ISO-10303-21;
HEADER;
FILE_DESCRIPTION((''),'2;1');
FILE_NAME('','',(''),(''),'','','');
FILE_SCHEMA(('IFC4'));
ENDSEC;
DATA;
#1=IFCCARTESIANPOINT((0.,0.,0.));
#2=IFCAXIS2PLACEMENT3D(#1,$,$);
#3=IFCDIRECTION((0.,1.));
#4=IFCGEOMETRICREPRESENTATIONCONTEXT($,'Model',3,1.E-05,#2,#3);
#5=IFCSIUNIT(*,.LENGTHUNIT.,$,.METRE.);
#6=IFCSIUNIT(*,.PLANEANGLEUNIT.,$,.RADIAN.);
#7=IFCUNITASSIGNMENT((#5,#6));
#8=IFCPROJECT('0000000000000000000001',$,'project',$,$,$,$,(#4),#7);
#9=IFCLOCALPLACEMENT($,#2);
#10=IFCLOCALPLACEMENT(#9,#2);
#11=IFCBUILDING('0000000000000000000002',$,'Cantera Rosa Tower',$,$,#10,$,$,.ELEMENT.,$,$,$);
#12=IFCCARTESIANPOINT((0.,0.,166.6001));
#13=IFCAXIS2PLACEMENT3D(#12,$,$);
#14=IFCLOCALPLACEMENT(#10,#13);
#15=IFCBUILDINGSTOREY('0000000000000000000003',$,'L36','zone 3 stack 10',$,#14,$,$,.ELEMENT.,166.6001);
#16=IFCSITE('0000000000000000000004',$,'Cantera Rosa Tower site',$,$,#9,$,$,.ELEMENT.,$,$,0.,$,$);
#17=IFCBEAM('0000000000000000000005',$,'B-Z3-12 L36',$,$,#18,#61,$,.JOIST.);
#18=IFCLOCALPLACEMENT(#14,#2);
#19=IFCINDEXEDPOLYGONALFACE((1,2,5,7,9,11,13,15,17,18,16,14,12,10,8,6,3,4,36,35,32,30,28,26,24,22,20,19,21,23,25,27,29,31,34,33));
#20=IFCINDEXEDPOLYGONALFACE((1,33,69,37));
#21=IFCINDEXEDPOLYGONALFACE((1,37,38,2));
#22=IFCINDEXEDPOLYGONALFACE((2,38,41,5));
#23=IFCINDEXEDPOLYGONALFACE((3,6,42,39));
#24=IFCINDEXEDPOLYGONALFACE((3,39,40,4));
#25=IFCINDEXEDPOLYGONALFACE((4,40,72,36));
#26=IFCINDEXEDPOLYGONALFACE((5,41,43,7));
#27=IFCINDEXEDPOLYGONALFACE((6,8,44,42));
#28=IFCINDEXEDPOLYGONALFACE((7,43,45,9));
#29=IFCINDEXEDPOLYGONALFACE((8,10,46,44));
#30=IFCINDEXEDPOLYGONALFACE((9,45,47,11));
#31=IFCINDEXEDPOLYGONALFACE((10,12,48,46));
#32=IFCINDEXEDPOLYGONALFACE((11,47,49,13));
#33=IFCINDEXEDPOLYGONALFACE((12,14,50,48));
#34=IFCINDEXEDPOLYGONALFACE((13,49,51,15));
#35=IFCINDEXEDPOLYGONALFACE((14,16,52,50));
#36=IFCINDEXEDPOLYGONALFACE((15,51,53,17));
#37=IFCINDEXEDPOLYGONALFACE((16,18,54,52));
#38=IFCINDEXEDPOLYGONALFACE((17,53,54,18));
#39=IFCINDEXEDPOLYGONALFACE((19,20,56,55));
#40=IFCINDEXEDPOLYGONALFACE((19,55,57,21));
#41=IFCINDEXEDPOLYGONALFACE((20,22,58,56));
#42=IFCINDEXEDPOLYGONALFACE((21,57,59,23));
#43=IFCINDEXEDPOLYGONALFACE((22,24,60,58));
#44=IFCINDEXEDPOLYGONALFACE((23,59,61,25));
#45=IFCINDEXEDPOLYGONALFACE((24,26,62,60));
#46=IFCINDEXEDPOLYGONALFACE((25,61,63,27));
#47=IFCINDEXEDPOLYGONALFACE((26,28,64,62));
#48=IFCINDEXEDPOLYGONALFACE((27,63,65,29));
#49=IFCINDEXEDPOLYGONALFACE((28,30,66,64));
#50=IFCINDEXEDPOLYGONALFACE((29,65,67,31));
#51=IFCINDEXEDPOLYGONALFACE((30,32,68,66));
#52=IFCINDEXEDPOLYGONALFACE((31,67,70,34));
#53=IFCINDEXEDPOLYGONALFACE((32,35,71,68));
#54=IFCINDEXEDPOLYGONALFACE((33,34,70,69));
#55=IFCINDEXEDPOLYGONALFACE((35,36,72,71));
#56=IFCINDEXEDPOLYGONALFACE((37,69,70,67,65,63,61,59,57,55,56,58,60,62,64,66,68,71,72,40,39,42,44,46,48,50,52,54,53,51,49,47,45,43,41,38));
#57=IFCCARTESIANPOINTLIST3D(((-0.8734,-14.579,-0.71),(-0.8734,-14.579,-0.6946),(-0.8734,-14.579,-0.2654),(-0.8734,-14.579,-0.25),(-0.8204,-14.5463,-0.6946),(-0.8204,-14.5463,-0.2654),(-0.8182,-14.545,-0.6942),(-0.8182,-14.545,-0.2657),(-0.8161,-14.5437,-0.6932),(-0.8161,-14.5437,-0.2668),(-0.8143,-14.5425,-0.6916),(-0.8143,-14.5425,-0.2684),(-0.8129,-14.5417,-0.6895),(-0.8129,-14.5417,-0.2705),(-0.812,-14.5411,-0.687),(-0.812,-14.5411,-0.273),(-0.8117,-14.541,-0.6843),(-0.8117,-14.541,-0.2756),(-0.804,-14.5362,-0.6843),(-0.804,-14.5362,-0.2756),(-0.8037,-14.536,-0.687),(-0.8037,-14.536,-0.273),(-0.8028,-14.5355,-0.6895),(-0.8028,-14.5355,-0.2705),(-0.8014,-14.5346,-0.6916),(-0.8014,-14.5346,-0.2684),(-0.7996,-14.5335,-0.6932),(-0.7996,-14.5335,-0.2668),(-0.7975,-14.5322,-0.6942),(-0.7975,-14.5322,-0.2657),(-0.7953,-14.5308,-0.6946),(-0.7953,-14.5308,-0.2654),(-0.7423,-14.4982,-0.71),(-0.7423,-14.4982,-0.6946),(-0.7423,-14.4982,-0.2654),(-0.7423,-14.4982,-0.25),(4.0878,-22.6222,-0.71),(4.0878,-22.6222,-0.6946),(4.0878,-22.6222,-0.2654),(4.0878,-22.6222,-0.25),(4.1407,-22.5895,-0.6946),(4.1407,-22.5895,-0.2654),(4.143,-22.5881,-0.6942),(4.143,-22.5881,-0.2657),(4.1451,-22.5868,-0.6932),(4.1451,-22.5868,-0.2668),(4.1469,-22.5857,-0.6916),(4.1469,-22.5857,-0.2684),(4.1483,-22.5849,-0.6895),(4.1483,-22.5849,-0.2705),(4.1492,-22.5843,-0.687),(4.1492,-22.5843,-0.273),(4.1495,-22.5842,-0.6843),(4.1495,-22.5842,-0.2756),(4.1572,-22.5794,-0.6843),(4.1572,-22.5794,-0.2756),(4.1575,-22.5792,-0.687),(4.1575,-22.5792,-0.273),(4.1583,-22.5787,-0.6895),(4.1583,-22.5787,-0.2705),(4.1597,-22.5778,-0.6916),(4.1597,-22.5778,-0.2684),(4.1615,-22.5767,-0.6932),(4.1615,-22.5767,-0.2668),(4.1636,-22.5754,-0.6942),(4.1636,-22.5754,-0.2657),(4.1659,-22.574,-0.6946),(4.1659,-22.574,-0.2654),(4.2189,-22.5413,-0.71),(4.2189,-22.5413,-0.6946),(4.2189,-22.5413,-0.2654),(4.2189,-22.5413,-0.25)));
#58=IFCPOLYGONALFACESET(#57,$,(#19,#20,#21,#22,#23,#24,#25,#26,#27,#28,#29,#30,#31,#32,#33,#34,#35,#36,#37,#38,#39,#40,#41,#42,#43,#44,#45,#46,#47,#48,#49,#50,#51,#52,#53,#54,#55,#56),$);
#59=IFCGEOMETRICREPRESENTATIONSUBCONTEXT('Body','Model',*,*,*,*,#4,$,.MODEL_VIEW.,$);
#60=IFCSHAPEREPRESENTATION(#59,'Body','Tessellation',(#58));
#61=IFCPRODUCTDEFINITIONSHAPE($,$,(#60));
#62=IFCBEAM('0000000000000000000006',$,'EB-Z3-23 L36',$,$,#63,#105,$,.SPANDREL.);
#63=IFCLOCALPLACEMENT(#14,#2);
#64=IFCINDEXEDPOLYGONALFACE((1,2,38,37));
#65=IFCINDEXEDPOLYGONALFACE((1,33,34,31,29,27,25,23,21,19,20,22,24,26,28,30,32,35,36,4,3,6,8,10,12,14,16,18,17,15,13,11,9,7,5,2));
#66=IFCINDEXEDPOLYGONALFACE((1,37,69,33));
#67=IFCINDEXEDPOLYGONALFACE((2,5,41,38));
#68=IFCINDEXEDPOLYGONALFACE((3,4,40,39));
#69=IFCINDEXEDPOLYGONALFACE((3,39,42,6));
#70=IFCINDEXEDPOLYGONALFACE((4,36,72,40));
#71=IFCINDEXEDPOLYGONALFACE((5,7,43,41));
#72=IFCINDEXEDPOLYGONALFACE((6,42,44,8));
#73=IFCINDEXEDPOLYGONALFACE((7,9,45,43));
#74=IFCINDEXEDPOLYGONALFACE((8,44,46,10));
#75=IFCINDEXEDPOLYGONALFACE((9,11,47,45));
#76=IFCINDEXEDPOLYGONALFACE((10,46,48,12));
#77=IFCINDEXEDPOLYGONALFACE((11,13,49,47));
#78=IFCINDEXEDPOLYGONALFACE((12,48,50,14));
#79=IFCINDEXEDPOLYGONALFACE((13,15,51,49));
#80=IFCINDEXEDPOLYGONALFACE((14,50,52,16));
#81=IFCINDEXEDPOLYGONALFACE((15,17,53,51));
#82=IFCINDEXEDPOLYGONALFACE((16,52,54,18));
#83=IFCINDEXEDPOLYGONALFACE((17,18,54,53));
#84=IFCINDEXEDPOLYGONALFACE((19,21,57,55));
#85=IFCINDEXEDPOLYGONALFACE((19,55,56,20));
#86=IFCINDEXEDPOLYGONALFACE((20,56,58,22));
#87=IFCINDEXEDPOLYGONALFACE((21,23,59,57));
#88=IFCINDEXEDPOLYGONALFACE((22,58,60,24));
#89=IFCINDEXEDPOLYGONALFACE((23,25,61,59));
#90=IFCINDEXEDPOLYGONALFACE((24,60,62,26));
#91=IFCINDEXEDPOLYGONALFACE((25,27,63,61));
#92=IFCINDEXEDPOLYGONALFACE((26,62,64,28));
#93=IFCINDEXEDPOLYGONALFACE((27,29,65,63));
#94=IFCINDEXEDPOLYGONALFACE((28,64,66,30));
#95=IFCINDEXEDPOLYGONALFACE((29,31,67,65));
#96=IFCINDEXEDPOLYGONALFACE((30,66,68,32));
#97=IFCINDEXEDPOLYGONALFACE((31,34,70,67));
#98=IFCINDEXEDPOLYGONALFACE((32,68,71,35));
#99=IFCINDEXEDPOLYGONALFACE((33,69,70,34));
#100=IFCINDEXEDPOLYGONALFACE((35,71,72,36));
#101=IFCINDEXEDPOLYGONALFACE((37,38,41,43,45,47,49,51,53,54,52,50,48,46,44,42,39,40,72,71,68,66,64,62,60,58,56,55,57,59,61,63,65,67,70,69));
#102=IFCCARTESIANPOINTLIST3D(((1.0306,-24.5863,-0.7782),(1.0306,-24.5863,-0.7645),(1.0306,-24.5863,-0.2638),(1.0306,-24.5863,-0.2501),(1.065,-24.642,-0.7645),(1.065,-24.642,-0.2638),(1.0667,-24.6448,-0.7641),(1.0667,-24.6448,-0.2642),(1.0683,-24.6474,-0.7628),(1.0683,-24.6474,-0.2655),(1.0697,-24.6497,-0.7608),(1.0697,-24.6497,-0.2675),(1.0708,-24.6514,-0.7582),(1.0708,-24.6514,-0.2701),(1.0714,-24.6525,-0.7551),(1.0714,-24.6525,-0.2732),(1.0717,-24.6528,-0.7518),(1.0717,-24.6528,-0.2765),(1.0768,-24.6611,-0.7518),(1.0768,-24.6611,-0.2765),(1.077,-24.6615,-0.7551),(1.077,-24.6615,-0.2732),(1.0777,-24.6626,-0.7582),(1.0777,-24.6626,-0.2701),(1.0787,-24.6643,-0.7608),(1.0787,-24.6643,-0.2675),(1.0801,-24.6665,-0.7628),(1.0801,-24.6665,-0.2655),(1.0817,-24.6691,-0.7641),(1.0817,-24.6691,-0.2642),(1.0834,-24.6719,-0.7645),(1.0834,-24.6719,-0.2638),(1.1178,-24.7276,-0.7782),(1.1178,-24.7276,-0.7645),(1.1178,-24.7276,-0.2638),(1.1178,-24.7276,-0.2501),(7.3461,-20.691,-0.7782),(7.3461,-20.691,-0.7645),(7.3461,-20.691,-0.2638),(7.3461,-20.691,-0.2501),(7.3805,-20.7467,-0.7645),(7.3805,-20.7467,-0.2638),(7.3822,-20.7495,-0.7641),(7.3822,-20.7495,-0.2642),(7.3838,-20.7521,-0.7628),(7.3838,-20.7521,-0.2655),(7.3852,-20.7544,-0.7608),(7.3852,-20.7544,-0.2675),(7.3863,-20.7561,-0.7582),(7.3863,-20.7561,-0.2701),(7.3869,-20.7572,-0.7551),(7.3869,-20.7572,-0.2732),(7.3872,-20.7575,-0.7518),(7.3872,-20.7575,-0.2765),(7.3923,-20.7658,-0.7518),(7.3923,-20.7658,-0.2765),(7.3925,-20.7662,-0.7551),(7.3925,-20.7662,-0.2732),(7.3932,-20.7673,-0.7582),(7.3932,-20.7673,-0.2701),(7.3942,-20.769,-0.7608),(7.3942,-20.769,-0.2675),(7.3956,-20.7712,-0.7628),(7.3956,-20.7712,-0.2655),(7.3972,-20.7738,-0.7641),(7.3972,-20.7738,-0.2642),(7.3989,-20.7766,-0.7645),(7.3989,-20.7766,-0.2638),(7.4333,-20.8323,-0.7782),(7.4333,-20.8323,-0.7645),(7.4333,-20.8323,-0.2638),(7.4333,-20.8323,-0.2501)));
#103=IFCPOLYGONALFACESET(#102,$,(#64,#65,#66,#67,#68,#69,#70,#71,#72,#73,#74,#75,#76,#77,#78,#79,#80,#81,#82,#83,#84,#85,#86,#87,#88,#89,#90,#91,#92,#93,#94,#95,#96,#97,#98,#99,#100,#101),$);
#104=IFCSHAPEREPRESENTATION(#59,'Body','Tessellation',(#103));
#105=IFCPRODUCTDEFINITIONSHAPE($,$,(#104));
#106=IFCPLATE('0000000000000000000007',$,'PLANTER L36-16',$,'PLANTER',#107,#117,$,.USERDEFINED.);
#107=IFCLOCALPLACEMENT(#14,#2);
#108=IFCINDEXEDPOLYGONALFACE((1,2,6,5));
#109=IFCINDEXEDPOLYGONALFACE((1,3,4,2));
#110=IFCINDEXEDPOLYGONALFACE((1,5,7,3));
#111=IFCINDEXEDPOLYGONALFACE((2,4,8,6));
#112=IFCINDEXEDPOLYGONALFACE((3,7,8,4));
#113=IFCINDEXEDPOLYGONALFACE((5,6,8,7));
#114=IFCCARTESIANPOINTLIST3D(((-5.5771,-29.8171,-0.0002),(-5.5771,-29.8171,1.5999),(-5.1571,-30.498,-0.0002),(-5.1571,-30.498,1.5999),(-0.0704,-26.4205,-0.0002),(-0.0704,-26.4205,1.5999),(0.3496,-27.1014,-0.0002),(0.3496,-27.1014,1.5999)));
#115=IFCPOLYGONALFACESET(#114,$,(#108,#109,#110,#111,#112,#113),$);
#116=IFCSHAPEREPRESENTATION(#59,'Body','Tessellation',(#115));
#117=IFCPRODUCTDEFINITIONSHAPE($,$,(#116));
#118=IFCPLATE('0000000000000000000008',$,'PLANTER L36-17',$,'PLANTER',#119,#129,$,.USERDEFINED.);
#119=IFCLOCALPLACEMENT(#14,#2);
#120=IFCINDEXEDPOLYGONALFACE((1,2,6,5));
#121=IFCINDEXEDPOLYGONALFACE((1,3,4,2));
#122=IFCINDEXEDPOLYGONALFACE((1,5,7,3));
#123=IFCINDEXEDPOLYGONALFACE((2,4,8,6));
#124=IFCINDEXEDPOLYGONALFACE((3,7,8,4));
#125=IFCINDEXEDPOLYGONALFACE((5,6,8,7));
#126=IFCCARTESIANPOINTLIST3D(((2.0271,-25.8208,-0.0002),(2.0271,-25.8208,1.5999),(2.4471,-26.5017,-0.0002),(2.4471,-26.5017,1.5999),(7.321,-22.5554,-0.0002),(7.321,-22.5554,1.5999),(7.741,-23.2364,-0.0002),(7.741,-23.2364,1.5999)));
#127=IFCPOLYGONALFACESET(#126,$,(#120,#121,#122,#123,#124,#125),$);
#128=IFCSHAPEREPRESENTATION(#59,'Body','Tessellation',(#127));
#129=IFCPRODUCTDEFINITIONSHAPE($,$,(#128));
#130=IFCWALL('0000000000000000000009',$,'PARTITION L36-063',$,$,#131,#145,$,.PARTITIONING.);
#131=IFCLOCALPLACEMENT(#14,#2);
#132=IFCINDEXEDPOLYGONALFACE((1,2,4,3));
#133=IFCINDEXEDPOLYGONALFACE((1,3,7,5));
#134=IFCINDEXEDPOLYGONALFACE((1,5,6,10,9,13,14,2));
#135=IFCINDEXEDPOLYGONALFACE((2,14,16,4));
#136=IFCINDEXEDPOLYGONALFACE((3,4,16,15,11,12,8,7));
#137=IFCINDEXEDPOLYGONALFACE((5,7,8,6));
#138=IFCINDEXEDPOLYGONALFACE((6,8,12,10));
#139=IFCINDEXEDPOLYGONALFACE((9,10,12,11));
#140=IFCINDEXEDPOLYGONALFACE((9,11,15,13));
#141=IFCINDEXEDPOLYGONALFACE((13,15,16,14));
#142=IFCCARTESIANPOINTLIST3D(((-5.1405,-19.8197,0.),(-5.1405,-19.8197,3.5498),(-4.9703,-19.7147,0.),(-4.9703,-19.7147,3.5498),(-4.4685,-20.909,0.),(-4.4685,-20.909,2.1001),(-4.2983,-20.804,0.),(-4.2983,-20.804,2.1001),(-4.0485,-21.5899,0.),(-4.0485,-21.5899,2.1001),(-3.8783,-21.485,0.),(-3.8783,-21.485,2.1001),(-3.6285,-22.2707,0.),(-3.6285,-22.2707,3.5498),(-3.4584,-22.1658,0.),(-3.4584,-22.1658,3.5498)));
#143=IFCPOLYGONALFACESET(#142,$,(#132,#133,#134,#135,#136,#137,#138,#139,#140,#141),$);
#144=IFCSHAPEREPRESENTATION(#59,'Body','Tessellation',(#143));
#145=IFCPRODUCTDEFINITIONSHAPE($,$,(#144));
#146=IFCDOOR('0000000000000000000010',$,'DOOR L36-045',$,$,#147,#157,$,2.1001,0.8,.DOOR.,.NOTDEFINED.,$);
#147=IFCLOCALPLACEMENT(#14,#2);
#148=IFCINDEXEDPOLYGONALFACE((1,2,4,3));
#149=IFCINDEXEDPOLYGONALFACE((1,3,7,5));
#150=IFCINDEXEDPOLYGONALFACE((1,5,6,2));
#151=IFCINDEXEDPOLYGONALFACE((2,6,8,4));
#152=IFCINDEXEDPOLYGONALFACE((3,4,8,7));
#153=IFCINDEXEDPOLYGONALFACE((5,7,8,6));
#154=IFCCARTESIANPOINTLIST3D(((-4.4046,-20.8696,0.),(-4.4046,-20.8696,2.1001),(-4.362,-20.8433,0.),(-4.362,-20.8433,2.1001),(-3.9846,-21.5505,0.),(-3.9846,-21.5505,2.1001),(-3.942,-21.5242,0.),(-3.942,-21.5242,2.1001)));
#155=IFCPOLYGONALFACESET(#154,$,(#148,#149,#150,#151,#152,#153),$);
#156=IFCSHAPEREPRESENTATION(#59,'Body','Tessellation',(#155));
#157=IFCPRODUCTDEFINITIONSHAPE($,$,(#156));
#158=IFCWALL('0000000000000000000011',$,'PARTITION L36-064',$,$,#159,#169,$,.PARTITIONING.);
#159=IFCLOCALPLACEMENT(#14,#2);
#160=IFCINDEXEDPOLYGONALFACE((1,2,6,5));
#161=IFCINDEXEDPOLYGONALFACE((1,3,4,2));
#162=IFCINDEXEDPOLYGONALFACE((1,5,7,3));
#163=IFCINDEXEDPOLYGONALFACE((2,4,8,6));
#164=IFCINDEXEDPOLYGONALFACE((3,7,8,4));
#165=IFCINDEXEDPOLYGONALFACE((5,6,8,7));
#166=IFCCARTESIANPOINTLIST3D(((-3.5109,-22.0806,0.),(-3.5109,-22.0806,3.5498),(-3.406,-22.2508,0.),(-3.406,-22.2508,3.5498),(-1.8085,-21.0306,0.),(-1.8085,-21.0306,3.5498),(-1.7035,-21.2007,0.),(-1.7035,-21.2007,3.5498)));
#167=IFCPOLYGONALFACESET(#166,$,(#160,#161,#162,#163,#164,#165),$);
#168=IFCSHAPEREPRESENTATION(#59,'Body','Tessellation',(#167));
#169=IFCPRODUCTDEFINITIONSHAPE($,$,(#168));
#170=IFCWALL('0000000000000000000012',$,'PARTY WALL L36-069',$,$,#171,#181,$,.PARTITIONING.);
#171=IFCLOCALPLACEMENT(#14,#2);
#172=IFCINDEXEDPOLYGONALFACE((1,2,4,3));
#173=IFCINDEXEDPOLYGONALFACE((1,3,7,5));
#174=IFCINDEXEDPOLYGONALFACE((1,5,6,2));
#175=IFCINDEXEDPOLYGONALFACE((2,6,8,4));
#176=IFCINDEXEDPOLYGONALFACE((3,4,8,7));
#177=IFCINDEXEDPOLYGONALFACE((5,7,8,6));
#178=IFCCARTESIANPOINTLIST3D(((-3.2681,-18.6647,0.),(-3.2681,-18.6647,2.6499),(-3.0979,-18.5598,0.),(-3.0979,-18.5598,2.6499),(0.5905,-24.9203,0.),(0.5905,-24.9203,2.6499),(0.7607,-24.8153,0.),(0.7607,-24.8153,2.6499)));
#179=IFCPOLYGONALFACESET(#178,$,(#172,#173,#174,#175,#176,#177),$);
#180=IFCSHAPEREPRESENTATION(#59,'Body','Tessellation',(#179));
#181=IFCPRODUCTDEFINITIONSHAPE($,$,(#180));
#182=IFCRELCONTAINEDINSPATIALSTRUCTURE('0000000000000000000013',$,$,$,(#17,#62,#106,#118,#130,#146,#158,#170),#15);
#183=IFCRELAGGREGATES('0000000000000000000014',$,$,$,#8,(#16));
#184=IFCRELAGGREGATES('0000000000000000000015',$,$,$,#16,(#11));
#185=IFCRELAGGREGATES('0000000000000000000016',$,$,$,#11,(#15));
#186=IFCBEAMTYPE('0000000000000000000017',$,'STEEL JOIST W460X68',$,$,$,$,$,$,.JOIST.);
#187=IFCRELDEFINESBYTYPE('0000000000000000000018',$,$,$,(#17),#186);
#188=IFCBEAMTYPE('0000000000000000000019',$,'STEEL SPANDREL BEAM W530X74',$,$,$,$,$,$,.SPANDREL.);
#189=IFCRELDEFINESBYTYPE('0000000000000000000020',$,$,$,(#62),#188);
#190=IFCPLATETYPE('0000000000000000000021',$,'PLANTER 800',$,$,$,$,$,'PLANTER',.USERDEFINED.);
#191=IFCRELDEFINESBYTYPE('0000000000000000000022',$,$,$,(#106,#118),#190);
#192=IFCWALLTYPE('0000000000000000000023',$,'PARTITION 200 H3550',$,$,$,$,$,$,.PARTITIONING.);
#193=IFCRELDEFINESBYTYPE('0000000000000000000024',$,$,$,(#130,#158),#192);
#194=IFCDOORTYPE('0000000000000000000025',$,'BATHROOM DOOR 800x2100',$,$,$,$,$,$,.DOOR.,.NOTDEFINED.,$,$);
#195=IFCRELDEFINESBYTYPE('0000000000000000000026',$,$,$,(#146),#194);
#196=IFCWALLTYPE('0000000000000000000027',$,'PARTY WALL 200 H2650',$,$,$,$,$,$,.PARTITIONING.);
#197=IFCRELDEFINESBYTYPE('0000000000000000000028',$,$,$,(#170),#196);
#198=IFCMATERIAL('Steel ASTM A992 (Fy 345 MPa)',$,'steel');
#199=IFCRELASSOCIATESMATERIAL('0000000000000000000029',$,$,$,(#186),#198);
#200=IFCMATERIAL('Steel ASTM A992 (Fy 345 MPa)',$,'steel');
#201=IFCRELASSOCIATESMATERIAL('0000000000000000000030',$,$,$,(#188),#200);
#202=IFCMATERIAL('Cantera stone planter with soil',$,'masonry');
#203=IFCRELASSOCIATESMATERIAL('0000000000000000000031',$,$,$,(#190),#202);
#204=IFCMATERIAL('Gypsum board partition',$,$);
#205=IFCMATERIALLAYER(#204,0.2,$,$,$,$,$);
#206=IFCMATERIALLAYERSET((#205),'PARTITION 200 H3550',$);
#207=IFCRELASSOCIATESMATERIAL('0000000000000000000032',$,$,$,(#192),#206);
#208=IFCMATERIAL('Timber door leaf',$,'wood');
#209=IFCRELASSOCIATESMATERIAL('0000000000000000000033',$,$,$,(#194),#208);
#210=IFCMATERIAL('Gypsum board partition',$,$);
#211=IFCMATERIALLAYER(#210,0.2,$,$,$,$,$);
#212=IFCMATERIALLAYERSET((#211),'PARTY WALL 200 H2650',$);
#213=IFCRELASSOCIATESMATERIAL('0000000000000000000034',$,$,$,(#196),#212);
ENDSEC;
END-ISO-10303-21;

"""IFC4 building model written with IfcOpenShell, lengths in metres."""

from ifc_helpers import new_model, si_unit, direction, frame, frame_2d, origin, origin_2d, place, context, subcontext, project, spatial, rectangle, i_section, extrude, material, layer, layer_set, material_profile, profile_set, type_object, element, fill, save


model = new_model("IFC4")

# Units and contexts
model_context = context("Model", 3, precision=1e-05, world=origin(), true_north=direction((0.0, 1.0)))
body_context = subcontext(model_context, "Body", "Model", "MODEL_VIEW")
ifc_project = project(units=[si_unit("LENGTHUNIT", "METRE"), si_unit("PLANEANGLEUNIT", "RADIAN")], contexts=[model_context])

# Site, building, storey
site_placement = place(None, origin())
site = spatial("IfcSite", under=ifc_project, at=site_placement, Name="Cantera Rosa Tower site", CompositionType="ELEMENT", RefElevation=0.0)
building_placement = place(site_placement, origin())
building = spatial("IfcBuilding", under=site, at=building_placement, Name="Cantera Rosa Tower", CompositionType="ELEMENT")
storey_placement = place(building_placement, frame((0.0, 0.0, 166.6001)))
storey = spatial("IfcBuildingStorey", under=building, at=storey_placement, Name="L36", Description="zone 3 stack 10", CompositionType="ELEMENT", Elevation=166.6001)

# Beams
ifc_material_1 = material(Name="Steel ASTM A992 (Fy 345 MPa)", Category="steel")
ifc_material_profile_1 = material_profile(ifc_material_1, i_section(OverallWidth=0.1541, OverallDepth=0.46, WebThickness=0.009, FlangeThickness=0.0154, FilletRadius=0.0103, at=origin_2d()), Name="W460X68")
ifc_profile_set_1 = profile_set([ifc_material_profile_1], Name="Steel ASTM A992 (Fy 345 MPa)")
beam_type_1 = type_object("IfcBeamType", Name="STEEL JOIST W460X68", PredefinedType="JOIST", material=ifc_profile_set_1)
beam_1_placement = place(storey_placement, frame((4.1533, -22.5818, -0.48), z_axis=(-0.524981, 0.851114, 0.0), x_axis=(-0.851114, -0.524981, 0.0)))
element("IfcBeam", 1, at=beam_1_placement, inside=storey, type_object=beam_type_1, Name="B-Z3-12 L36", PredefinedType="JOIST", context=body_context, shape_type="SweptSolid", body=[
    extrude(i_section(OverallWidth=0.1541, OverallDepth=0.46, WebThickness=0.009, FlangeThickness=0.0154, FilletRadius=0.0103, at=origin_2d()), origin(), (0.0, 0.0, 1.0), 9.4502),
])
ifc_material_2 = material(Name="Steel ASTM A992 (Fy 345 MPa)", Category="steel")
ifc_material_profile_2 = material_profile(ifc_material_2, i_section(OverallWidth=0.166, OverallDepth=0.5281, WebThickness=0.0098, FlangeThickness=0.0137, FilletRadius=0.0127, at=origin_2d()), Name="W530X74")
ifc_profile_set_2 = profile_set([ifc_material_profile_2], Name="Steel ASTM A992 (Fy 345 MPa)")
beam_type_2 = type_object("IfcBeamType", Name="STEEL SPANDREL BEAM W530X74", PredefinedType="SPANDREL", material=ifc_profile_set_2)
beam_2_placement = place(storey_placement, frame((1.0742, -24.657, -0.5142), z_axis=(0.851126, 0.524962, 0.0), x_axis=(-0.524962, 0.851126, 0.0)))
element("IfcBeam", 2, at=beam_2_placement, inside=storey, type_object=beam_type_2, Name="EB-Z3-23 L36", PredefinedType="SPANDREL", context=body_context, shape_type="SweptSolid", body=[
    extrude(i_section(OverallWidth=0.166, OverallDepth=0.5281, WebThickness=0.0098, FlangeThickness=0.0137, FilletRadius=0.0127, at=origin_2d()), origin(), (0.0, 0.0, 1.0), 7.4202),
])

# Plates
ifc_material_3 = material(Name="Cantera stone planter with soil", Category="masonry")
plate_type = type_object("IfcPlateType", Name="PLANTER 800", ElementType="PLANTER", PredefinedType="USERDEFINED", material=ifc_material_3)
plate_1_placement = place(storey_placement, frame((-2.6138, -28.4592, -0.0002), z_axis=(0.0, 0.0, 1.0), x_axis=(0.851117, 0.524977, 0.0)))
element("IfcPlate", 3, at=plate_1_placement, inside=storey, type_object=plate_type, Name="PLANTER L36-16", ObjectType="PLANTER", PredefinedType="USERDEFINED", context=body_context, shape_type="SweptSolid", body=[
    extrude(rectangle(XDim=6.47, YDim=0.8, at=origin_2d()), origin(), (0.0, 0.0, 1.0), 1.6001),
])
plate_2_placement = place(storey_placement, frame((4.884, -24.5286, -0.0002), z_axis=(0.0, 0.0, 1.0), x_axis=(0.851117, 0.524977, 0.0)))
element("IfcPlate", 4, at=plate_2_placement, inside=storey, type_object=plate_type, Name="PLANTER L36-17", ObjectType="PLANTER", PredefinedType="USERDEFINED", context=body_context, shape_type="SweptSolid", body=[
    extrude(rectangle(XDim=6.22, YDim=0.8, at=origin_2d()), origin(), (0.0, 0.0, 1.0), 1.6001),
])

# Wall, opening, door
ifc_material_4 = material(Name="Gypsum board partition")
ifc_layer_1 = layer(ifc_material_4, 0.2)
ifc_layer_set_1 = layer_set([ifc_layer_1], Name="PARTITION 200 H3550")
wall_type_1 = type_object("IfcWallType", Name="PARTITION 200 H3550", PredefinedType="PARTITIONING", material=ifc_layer_set_1)
wall_1_placement = place(storey_placement, frame((-3.5435, -22.2183, 0.0), z_axis=(0.0, 0.0, 1.0), x_axis=(-0.524991, 0.851108, 0.0)))
wall_1 = element("IfcWall", 5, at=wall_1_placement, inside=storey, type_object=wall_type_1, Name="PARTITION L36-063", PredefinedType="PARTITIONING", context=body_context, shape_type="SweptSolid", body=[
    extrude(rectangle(XDim=2.8799, YDim=0.2, at=frame_2d((1.4399, 0.0))), origin(), (0.0, 0.0, 1.0), 3.5498),
])
opening_1_placement = place(wall_1_placement, frame((0.8, 0.0, 0.0)))
opening_1 = element("IfcOpeningElement", 6, at=opening_1_placement, cuts=wall_1, PredefinedType="OPENING", context=body_context, shape_type="SweptSolid", body=[
    extrude(rectangle(XDim=0.8, YDim=2.1001, at=frame_2d((0.3999, 1.05))), frame((0.0, 0.1099, 0.0), z_axis=(0.0, -1.0, 0.0), x_axis=(1.0, 0.0, 0.0)), (0.0, 0.0, 1.0), 0.22),
])
ifc_material_5 = material(Name="Timber door leaf", Category="wood")
door_type_1 = type_object("IfcDoorType", Name="BATHROOM DOOR 800x2100", OperationType="NOTDEFINED", PredefinedType="DOOR", material=ifc_material_5)
door_1_placement = place(opening_1_placement, origin())
door_1 = element("IfcDoor", 7, at=door_1_placement, inside=storey, type_object=door_type_1, Name="DOOR L36-045", OperationType="NOTDEFINED", OverallHeight=2.1001, OverallWidth=0.8, PredefinedType="DOOR", context=body_context, shape_type="SweptSolid", body=[
    extrude(rectangle(XDim=0.8, YDim=2.1001, at=frame_2d((0.3999, 1.05))), frame((0.0, 0.0249, 0.0), z_axis=(0.0, -1.0, 0.0), x_axis=(1.0, 0.0, 0.0)), (0.0, 0.0, 1.0), 0.05),
])
fill(opening_1, door_1)

# Walls
wall_2_placement = place(storey_placement, frame((-1.7561, -21.1157, 0.0), z_axis=(0.0, 0.0, 1.0), x_axis=(-0.851117, -0.524976, 0.0)))
element("IfcWall", 8, at=wall_2_placement, inside=storey, type_object=wall_type_1, Name="PARTITION L36-064", PredefinedType="PARTITIONING", context=body_context, shape_type="SweptSolid", body=[
    extrude(rectangle(XDim=2.0002, YDim=0.2, at=frame_2d((1.0, 0.0))), origin(), (0.0, 0.0, 1.0), 3.5498),
])
ifc_material_6 = material(Name="Gypsum board partition")
ifc_layer_2 = layer(ifc_material_6, 0.2)
ifc_layer_set_2 = layer_set([ifc_layer_2], Name="PARTY WALL 200 H2650")
wall_type_2 = type_object("IfcWallType", Name="PARTY WALL 200 H2650", PredefinedType="PARTITIONING", material=ifc_layer_set_2)
wall_3_placement = place(storey_placement, frame((0.6755, -24.8677, 0.0), z_axis=(0.0, 0.0, 1.0), x_axis=(-0.524989, 0.851109, 0.0)))
element("IfcWall", 9, at=wall_3_placement, inside=storey, type_object=wall_type_2, Name="PARTY WALL L36-069", PredefinedType="PARTITIONING", context=body_context, shape_type="SweptSolid", body=[
    extrude(rectangle(XDim=7.3499, YDim=0.2, at=frame_2d((3.6748, 0.0))), origin(), (0.0, 0.0, 1.0), 2.6499),
])

save(model, "model.ifc")
